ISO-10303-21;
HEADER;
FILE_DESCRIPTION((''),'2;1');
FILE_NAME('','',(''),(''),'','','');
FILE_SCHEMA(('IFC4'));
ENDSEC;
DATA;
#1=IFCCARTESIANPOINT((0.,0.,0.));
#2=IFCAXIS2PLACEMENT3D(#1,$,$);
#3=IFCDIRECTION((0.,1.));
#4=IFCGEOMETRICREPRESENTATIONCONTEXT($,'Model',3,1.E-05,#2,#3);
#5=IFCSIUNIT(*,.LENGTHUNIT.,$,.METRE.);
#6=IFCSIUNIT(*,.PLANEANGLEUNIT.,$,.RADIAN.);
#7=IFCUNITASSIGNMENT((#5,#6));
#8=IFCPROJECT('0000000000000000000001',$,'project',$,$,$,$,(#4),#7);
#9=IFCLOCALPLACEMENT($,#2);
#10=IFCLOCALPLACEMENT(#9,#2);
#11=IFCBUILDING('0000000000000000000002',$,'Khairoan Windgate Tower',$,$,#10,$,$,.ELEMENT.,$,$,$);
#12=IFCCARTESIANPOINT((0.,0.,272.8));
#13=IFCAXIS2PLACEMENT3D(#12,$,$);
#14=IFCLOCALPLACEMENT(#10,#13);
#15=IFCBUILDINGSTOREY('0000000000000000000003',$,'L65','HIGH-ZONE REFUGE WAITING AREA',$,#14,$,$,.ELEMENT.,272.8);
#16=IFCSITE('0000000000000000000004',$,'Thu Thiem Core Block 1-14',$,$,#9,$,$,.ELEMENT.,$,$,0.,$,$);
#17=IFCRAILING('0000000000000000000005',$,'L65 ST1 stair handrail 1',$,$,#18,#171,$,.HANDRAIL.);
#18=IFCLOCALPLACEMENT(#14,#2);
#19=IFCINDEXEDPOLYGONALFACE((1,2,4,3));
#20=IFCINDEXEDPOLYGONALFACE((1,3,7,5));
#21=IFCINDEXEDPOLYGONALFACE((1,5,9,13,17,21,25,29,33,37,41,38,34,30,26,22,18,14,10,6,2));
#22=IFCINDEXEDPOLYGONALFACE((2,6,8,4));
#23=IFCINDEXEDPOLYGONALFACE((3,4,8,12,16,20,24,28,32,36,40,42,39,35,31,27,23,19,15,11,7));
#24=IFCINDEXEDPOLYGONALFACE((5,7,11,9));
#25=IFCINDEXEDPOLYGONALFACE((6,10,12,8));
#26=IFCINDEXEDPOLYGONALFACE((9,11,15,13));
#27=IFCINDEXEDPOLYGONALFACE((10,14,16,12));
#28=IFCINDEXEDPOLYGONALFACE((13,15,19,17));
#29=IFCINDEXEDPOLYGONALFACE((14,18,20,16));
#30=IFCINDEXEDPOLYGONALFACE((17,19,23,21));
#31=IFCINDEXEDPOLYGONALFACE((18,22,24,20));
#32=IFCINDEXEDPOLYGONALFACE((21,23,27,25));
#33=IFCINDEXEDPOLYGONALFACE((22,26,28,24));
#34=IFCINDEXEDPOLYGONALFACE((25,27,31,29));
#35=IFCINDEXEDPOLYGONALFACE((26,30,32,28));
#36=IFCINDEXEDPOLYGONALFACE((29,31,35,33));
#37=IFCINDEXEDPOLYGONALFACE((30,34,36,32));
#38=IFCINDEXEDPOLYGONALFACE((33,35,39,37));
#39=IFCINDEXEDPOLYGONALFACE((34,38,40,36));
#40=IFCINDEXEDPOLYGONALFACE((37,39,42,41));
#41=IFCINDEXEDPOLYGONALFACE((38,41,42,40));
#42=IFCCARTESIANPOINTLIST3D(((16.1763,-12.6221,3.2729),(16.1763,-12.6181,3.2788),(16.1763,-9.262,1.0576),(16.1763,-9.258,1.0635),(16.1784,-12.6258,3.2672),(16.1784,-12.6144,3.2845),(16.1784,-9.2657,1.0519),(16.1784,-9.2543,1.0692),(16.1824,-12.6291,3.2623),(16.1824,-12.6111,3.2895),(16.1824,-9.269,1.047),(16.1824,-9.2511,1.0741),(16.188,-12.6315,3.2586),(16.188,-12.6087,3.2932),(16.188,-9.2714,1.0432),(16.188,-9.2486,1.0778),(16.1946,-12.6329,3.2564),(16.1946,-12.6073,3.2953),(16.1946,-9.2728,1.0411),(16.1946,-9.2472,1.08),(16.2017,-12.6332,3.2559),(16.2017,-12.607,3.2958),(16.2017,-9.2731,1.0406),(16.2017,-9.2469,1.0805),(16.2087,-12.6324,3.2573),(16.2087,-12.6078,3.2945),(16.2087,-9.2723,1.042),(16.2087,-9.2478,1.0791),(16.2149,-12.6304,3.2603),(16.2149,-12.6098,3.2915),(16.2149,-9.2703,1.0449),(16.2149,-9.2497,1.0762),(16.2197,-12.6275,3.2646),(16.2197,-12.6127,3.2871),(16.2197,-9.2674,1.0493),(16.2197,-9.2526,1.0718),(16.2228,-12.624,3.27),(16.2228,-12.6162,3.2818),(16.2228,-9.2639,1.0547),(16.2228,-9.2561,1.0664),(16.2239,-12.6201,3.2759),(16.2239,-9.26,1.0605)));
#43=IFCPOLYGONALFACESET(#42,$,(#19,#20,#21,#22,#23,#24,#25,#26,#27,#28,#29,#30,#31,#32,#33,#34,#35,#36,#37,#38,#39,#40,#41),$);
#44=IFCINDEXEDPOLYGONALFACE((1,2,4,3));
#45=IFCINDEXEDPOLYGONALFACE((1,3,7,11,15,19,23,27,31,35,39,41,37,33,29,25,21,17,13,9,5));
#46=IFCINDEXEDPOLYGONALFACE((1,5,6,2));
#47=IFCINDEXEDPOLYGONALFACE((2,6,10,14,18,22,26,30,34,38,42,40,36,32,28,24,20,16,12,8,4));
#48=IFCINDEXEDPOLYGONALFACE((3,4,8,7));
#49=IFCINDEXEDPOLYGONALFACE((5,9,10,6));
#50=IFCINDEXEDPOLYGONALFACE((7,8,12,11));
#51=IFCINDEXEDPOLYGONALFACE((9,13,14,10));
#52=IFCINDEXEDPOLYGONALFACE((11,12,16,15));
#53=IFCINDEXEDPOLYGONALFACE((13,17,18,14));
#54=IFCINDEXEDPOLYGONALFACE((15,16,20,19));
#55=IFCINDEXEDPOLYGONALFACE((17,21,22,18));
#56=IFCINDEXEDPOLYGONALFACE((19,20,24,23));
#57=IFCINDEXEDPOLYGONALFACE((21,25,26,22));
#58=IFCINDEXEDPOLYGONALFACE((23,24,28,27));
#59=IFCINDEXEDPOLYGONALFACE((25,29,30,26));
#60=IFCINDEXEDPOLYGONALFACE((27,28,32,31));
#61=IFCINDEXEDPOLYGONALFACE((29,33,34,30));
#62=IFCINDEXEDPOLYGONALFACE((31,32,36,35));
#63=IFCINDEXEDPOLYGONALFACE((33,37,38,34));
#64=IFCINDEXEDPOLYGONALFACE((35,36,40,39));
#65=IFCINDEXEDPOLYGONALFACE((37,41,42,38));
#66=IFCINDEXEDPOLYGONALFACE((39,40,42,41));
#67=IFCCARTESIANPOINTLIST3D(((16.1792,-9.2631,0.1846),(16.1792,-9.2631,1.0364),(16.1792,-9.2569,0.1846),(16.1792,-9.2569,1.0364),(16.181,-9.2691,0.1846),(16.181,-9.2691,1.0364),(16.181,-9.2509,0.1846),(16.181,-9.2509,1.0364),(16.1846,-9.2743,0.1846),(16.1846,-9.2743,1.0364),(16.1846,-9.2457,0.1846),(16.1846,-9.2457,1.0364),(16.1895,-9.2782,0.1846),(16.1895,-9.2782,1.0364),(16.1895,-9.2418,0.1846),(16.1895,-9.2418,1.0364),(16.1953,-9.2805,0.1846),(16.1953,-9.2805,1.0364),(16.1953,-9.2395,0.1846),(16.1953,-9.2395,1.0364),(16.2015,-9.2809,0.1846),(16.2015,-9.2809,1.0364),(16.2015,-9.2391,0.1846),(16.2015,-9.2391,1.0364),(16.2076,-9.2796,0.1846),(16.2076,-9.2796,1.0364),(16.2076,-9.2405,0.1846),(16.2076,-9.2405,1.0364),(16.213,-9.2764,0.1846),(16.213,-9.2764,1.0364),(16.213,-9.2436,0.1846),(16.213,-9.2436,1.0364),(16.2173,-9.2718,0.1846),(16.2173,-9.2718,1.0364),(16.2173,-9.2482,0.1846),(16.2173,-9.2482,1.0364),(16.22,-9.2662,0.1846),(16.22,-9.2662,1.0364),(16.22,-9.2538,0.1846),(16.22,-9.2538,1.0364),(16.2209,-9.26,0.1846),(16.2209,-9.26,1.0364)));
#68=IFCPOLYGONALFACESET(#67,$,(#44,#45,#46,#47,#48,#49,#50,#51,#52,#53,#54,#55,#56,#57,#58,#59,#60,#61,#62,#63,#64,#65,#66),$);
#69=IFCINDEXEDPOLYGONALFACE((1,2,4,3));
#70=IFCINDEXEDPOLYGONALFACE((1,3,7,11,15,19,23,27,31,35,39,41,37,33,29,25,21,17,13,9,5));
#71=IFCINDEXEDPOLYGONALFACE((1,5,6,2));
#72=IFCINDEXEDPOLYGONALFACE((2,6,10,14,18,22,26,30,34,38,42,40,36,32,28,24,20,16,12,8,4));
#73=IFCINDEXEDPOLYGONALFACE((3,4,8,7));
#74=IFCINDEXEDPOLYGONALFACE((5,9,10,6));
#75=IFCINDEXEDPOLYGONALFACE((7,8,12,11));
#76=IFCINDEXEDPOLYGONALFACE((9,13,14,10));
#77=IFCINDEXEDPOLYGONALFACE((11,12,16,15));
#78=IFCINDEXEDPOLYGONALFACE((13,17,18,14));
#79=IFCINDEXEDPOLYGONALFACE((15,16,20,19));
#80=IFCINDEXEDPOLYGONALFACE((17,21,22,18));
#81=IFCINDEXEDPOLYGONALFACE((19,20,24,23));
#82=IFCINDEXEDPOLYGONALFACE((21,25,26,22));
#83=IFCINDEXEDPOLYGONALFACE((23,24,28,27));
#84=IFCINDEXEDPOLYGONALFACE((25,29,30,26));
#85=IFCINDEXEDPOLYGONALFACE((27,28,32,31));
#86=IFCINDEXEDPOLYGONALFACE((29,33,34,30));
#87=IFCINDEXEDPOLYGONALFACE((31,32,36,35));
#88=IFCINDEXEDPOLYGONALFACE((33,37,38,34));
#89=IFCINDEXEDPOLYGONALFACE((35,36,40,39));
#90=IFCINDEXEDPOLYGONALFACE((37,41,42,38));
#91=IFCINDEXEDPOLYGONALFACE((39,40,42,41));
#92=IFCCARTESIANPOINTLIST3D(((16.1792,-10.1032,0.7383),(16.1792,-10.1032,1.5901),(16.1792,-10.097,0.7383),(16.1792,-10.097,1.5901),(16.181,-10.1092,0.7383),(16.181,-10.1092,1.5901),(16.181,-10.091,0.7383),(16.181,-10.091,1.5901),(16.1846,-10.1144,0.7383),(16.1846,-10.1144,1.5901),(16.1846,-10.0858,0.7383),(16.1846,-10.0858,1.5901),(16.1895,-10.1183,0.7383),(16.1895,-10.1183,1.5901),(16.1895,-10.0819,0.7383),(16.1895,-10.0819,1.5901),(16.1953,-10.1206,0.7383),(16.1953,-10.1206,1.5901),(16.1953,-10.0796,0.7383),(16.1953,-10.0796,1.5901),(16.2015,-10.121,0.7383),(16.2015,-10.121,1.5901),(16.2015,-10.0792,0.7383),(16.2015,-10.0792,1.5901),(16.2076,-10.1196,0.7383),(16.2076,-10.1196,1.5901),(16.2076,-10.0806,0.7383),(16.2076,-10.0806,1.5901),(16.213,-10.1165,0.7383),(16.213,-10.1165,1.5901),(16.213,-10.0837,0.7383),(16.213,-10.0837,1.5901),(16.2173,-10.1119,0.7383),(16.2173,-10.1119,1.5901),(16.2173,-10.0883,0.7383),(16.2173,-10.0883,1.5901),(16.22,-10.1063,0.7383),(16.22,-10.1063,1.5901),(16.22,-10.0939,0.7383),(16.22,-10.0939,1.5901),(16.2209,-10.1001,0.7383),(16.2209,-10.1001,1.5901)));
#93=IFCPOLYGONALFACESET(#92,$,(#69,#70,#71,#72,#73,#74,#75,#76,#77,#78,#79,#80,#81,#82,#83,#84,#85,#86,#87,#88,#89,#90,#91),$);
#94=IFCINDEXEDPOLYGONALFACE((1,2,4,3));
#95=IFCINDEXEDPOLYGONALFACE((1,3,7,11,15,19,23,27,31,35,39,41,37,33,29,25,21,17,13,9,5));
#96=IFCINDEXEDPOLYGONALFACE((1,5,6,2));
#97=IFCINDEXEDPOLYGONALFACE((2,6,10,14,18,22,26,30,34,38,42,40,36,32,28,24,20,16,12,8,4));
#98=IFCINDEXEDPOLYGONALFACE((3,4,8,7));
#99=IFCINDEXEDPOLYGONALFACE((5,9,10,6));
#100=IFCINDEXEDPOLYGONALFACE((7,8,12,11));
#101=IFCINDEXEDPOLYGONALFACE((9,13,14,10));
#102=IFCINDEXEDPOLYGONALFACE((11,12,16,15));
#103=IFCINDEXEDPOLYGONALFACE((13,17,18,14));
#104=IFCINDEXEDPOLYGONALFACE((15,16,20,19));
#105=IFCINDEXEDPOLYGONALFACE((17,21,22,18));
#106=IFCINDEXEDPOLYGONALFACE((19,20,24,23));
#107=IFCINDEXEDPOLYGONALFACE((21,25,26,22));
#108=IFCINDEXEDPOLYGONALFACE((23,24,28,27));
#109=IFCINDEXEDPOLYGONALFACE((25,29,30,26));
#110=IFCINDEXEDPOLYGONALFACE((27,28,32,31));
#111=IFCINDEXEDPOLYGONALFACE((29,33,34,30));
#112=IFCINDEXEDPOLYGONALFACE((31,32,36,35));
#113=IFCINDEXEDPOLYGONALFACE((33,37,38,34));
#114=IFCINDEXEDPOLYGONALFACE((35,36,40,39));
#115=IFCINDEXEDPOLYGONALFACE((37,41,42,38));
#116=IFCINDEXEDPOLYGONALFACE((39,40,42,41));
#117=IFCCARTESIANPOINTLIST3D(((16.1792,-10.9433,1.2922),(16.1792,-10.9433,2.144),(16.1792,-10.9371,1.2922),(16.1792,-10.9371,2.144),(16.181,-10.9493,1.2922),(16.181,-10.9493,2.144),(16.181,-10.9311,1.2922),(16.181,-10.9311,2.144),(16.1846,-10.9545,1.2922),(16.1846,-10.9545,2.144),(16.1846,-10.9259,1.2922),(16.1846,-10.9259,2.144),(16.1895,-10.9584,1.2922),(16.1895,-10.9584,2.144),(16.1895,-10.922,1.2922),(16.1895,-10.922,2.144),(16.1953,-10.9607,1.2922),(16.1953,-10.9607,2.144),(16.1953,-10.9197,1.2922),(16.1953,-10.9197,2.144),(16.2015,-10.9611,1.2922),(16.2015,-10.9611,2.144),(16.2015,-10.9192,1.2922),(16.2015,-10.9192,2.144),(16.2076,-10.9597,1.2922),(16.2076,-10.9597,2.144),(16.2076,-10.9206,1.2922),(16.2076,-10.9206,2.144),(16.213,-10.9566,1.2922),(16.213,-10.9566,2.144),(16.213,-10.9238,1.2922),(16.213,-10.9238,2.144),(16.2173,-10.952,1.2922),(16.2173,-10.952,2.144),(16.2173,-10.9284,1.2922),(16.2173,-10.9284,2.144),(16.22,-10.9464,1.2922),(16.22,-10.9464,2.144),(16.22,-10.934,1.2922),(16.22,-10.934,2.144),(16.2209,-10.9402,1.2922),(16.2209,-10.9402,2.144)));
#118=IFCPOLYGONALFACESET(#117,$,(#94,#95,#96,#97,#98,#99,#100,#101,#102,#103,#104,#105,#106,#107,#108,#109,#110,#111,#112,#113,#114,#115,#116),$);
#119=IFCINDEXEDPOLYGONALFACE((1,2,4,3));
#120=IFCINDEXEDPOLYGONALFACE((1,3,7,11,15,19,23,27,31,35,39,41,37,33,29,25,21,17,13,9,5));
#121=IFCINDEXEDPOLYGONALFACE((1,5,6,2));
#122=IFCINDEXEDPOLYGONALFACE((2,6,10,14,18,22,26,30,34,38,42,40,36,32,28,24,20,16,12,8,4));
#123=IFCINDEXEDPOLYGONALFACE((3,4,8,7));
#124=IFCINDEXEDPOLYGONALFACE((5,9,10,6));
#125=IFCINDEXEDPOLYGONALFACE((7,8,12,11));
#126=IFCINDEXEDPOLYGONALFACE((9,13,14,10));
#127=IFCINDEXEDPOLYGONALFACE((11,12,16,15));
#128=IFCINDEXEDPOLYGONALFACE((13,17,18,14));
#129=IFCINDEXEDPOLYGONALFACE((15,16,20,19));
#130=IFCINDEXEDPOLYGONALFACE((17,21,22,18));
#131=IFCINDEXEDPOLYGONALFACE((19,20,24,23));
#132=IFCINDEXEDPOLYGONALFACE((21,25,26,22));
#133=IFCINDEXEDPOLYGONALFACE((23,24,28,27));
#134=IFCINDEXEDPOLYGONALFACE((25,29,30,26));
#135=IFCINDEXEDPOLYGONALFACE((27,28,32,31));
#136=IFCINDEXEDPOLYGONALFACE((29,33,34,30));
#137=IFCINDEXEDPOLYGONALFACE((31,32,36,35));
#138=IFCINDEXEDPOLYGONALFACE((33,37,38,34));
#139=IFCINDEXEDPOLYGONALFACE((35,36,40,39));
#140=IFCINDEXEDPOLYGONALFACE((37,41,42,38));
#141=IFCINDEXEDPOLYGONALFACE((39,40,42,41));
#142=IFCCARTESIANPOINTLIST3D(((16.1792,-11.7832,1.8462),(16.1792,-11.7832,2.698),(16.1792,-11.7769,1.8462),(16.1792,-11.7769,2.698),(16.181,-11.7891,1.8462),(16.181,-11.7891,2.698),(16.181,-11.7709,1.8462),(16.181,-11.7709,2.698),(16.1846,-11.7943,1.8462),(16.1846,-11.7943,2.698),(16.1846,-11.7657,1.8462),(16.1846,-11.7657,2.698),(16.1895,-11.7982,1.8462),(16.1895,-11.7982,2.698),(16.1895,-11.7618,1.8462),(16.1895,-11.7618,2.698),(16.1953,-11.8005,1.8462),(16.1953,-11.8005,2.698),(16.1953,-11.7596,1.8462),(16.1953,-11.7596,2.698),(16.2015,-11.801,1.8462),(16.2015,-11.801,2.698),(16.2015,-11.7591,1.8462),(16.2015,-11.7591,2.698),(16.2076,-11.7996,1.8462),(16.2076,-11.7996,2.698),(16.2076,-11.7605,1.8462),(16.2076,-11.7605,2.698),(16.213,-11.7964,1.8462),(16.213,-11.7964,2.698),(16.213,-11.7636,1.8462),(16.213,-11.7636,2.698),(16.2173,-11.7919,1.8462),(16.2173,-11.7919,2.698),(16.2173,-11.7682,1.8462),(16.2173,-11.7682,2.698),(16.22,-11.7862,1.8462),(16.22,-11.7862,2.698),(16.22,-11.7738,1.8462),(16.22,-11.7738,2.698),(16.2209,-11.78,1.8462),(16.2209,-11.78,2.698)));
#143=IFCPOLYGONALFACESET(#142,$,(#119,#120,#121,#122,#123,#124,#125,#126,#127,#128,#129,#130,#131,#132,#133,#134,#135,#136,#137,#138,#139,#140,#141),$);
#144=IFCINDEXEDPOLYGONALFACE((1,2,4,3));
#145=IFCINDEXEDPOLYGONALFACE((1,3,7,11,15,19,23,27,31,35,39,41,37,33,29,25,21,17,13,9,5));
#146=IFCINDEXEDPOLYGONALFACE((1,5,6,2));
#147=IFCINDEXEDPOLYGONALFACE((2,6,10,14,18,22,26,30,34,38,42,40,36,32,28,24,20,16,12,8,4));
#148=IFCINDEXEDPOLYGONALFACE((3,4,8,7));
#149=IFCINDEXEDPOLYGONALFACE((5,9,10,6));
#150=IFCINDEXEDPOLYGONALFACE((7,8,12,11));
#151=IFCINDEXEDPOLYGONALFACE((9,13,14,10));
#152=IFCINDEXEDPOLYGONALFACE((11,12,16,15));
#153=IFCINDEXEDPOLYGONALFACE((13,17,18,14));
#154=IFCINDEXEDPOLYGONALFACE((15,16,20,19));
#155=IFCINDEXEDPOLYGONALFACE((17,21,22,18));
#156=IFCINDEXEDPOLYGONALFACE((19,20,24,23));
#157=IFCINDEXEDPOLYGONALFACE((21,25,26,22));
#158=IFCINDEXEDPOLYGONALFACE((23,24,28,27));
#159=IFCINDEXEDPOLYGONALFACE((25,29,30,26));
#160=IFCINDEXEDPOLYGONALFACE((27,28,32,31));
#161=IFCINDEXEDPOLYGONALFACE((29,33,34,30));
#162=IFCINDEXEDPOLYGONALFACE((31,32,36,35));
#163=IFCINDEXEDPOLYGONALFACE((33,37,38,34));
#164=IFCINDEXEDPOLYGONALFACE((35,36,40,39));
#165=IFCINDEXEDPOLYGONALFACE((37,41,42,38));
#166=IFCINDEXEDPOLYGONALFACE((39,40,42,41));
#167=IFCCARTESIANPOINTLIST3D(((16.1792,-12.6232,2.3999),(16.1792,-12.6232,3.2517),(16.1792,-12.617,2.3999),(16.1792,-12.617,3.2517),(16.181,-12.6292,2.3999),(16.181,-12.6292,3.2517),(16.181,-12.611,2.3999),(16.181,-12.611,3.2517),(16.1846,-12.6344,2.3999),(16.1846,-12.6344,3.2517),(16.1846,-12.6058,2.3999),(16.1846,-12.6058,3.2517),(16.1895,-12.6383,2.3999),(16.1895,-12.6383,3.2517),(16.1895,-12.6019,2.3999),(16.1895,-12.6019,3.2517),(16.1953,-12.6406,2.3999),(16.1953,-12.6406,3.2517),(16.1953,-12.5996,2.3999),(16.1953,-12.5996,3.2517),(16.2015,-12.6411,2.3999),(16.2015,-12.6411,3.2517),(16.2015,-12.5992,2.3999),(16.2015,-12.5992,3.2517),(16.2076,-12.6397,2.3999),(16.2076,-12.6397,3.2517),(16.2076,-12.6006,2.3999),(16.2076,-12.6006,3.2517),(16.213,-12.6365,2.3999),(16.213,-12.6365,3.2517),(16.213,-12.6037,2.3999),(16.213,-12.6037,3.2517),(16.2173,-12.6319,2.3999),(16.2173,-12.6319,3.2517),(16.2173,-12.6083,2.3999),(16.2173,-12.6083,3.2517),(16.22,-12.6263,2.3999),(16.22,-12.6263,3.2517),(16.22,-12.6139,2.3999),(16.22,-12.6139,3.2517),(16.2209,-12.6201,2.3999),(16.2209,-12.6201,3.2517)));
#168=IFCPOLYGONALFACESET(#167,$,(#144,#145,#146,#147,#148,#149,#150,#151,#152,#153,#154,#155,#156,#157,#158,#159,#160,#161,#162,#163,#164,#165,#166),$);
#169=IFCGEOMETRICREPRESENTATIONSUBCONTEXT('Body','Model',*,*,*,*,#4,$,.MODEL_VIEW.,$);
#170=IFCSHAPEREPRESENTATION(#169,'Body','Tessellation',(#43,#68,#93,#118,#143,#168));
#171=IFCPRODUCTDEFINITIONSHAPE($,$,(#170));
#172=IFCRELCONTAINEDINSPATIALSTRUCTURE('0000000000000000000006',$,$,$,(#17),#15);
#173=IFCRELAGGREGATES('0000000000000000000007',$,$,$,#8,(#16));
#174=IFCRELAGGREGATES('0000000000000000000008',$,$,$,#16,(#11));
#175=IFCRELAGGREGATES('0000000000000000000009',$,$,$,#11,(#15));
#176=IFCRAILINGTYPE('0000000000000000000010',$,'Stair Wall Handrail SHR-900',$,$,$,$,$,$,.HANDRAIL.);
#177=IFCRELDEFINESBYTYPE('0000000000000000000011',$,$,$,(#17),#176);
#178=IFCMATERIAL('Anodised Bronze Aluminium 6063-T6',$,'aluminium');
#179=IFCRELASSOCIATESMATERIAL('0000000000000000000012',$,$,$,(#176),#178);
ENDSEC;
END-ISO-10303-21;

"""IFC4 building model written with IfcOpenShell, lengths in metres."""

from ifc_helpers import new_model, si_unit, direction, frame, origin, origin_2d, place, context, subcontext, project, spatial, circle, extrude, material, type_object, element, save


model = new_model("IFC4")

# Units and contexts
model_context = context("Model", 3, precision=1e-05, world=origin(), true_north=direction((0.0, 1.0)))
body_context = subcontext(model_context, "Body", "Model", "MODEL_VIEW")
ifc_project = project(units=[si_unit("LENGTHUNIT", "METRE"), si_unit("PLANEANGLEUNIT", "RADIAN")], contexts=[model_context])

# Site, building, storey
site_placement = place(None, origin())
site = spatial("IfcSite", under=ifc_project, at=site_placement, Name="Thu Thiem Core Block 1-14", CompositionType="ELEMENT", RefElevation=0.0)
building_placement = place(site_placement, origin())
building = spatial("IfcBuilding", under=site, at=building_placement, Name="Khairoan Windgate Tower", CompositionType="ELEMENT")
storey_placement = place(building_placement, frame((0.0, 0.0, 272.8)))
storey = spatial("IfcBuildingStorey", under=building, at=storey_placement, Name="L65", Description="HIGH-ZONE REFUGE WAITING AREA", CompositionType="ELEMENT", Elevation=272.8)

# Railing
ifc_material_1 = material(Name="Anodised Bronze Aluminium 6063-T6", Category="aluminium")
railing_type_1 = type_object("IfcRailingType", Name="Stair Wall Handrail SHR-900", PredefinedType="HANDRAIL", material=ifc_material_1)
railing_1_placement = place(storey_placement, frame((16.2, -9.26, 0.1846)))
element("IfcRailing", 1, at=railing_1_placement, inside=storey, type_object=railing_type_1, Name="L65 ST1 stair handrail 1", PredefinedType="HANDRAIL", context=body_context, shape_type="SweptSolid", body=[
    extrude(circle(Radius=0.0239, at=origin_2d()), frame((0.0, 0.0, 0.876), z_axis=(0.0, -0.834876, 0.550437), x_axis=(1.0, 0.0, 0.0)), (0.0, 0.0, 1.0), 4.0247),
    extrude(circle(Radius=0.021, at=origin_2d()), origin(), (0.0, 0.0, 1.0), 0.8518),
    extrude(circle(Radius=0.021, at=origin_2d()), frame((0.0, -0.8401, 0.5537)), (0.0, 0.0, 1.0), 0.8518),
    extrude(circle(Radius=0.021, at=origin_2d()), frame((0.0, -1.6802, 1.1077)), (0.0, 0.0, 1.0), 0.8518),
    extrude(circle(Radius=0.021, at=origin_2d()), frame((0.0, -2.52, 1.6616)), (0.0, 0.0, 1.0), 0.8518),
    extrude(circle(Radius=0.021, at=origin_2d()), frame((0.0, -3.3601, 2.2153)), (0.0, 0.0, 1.0), 0.8518),
])

save(model, "model.ifc")
